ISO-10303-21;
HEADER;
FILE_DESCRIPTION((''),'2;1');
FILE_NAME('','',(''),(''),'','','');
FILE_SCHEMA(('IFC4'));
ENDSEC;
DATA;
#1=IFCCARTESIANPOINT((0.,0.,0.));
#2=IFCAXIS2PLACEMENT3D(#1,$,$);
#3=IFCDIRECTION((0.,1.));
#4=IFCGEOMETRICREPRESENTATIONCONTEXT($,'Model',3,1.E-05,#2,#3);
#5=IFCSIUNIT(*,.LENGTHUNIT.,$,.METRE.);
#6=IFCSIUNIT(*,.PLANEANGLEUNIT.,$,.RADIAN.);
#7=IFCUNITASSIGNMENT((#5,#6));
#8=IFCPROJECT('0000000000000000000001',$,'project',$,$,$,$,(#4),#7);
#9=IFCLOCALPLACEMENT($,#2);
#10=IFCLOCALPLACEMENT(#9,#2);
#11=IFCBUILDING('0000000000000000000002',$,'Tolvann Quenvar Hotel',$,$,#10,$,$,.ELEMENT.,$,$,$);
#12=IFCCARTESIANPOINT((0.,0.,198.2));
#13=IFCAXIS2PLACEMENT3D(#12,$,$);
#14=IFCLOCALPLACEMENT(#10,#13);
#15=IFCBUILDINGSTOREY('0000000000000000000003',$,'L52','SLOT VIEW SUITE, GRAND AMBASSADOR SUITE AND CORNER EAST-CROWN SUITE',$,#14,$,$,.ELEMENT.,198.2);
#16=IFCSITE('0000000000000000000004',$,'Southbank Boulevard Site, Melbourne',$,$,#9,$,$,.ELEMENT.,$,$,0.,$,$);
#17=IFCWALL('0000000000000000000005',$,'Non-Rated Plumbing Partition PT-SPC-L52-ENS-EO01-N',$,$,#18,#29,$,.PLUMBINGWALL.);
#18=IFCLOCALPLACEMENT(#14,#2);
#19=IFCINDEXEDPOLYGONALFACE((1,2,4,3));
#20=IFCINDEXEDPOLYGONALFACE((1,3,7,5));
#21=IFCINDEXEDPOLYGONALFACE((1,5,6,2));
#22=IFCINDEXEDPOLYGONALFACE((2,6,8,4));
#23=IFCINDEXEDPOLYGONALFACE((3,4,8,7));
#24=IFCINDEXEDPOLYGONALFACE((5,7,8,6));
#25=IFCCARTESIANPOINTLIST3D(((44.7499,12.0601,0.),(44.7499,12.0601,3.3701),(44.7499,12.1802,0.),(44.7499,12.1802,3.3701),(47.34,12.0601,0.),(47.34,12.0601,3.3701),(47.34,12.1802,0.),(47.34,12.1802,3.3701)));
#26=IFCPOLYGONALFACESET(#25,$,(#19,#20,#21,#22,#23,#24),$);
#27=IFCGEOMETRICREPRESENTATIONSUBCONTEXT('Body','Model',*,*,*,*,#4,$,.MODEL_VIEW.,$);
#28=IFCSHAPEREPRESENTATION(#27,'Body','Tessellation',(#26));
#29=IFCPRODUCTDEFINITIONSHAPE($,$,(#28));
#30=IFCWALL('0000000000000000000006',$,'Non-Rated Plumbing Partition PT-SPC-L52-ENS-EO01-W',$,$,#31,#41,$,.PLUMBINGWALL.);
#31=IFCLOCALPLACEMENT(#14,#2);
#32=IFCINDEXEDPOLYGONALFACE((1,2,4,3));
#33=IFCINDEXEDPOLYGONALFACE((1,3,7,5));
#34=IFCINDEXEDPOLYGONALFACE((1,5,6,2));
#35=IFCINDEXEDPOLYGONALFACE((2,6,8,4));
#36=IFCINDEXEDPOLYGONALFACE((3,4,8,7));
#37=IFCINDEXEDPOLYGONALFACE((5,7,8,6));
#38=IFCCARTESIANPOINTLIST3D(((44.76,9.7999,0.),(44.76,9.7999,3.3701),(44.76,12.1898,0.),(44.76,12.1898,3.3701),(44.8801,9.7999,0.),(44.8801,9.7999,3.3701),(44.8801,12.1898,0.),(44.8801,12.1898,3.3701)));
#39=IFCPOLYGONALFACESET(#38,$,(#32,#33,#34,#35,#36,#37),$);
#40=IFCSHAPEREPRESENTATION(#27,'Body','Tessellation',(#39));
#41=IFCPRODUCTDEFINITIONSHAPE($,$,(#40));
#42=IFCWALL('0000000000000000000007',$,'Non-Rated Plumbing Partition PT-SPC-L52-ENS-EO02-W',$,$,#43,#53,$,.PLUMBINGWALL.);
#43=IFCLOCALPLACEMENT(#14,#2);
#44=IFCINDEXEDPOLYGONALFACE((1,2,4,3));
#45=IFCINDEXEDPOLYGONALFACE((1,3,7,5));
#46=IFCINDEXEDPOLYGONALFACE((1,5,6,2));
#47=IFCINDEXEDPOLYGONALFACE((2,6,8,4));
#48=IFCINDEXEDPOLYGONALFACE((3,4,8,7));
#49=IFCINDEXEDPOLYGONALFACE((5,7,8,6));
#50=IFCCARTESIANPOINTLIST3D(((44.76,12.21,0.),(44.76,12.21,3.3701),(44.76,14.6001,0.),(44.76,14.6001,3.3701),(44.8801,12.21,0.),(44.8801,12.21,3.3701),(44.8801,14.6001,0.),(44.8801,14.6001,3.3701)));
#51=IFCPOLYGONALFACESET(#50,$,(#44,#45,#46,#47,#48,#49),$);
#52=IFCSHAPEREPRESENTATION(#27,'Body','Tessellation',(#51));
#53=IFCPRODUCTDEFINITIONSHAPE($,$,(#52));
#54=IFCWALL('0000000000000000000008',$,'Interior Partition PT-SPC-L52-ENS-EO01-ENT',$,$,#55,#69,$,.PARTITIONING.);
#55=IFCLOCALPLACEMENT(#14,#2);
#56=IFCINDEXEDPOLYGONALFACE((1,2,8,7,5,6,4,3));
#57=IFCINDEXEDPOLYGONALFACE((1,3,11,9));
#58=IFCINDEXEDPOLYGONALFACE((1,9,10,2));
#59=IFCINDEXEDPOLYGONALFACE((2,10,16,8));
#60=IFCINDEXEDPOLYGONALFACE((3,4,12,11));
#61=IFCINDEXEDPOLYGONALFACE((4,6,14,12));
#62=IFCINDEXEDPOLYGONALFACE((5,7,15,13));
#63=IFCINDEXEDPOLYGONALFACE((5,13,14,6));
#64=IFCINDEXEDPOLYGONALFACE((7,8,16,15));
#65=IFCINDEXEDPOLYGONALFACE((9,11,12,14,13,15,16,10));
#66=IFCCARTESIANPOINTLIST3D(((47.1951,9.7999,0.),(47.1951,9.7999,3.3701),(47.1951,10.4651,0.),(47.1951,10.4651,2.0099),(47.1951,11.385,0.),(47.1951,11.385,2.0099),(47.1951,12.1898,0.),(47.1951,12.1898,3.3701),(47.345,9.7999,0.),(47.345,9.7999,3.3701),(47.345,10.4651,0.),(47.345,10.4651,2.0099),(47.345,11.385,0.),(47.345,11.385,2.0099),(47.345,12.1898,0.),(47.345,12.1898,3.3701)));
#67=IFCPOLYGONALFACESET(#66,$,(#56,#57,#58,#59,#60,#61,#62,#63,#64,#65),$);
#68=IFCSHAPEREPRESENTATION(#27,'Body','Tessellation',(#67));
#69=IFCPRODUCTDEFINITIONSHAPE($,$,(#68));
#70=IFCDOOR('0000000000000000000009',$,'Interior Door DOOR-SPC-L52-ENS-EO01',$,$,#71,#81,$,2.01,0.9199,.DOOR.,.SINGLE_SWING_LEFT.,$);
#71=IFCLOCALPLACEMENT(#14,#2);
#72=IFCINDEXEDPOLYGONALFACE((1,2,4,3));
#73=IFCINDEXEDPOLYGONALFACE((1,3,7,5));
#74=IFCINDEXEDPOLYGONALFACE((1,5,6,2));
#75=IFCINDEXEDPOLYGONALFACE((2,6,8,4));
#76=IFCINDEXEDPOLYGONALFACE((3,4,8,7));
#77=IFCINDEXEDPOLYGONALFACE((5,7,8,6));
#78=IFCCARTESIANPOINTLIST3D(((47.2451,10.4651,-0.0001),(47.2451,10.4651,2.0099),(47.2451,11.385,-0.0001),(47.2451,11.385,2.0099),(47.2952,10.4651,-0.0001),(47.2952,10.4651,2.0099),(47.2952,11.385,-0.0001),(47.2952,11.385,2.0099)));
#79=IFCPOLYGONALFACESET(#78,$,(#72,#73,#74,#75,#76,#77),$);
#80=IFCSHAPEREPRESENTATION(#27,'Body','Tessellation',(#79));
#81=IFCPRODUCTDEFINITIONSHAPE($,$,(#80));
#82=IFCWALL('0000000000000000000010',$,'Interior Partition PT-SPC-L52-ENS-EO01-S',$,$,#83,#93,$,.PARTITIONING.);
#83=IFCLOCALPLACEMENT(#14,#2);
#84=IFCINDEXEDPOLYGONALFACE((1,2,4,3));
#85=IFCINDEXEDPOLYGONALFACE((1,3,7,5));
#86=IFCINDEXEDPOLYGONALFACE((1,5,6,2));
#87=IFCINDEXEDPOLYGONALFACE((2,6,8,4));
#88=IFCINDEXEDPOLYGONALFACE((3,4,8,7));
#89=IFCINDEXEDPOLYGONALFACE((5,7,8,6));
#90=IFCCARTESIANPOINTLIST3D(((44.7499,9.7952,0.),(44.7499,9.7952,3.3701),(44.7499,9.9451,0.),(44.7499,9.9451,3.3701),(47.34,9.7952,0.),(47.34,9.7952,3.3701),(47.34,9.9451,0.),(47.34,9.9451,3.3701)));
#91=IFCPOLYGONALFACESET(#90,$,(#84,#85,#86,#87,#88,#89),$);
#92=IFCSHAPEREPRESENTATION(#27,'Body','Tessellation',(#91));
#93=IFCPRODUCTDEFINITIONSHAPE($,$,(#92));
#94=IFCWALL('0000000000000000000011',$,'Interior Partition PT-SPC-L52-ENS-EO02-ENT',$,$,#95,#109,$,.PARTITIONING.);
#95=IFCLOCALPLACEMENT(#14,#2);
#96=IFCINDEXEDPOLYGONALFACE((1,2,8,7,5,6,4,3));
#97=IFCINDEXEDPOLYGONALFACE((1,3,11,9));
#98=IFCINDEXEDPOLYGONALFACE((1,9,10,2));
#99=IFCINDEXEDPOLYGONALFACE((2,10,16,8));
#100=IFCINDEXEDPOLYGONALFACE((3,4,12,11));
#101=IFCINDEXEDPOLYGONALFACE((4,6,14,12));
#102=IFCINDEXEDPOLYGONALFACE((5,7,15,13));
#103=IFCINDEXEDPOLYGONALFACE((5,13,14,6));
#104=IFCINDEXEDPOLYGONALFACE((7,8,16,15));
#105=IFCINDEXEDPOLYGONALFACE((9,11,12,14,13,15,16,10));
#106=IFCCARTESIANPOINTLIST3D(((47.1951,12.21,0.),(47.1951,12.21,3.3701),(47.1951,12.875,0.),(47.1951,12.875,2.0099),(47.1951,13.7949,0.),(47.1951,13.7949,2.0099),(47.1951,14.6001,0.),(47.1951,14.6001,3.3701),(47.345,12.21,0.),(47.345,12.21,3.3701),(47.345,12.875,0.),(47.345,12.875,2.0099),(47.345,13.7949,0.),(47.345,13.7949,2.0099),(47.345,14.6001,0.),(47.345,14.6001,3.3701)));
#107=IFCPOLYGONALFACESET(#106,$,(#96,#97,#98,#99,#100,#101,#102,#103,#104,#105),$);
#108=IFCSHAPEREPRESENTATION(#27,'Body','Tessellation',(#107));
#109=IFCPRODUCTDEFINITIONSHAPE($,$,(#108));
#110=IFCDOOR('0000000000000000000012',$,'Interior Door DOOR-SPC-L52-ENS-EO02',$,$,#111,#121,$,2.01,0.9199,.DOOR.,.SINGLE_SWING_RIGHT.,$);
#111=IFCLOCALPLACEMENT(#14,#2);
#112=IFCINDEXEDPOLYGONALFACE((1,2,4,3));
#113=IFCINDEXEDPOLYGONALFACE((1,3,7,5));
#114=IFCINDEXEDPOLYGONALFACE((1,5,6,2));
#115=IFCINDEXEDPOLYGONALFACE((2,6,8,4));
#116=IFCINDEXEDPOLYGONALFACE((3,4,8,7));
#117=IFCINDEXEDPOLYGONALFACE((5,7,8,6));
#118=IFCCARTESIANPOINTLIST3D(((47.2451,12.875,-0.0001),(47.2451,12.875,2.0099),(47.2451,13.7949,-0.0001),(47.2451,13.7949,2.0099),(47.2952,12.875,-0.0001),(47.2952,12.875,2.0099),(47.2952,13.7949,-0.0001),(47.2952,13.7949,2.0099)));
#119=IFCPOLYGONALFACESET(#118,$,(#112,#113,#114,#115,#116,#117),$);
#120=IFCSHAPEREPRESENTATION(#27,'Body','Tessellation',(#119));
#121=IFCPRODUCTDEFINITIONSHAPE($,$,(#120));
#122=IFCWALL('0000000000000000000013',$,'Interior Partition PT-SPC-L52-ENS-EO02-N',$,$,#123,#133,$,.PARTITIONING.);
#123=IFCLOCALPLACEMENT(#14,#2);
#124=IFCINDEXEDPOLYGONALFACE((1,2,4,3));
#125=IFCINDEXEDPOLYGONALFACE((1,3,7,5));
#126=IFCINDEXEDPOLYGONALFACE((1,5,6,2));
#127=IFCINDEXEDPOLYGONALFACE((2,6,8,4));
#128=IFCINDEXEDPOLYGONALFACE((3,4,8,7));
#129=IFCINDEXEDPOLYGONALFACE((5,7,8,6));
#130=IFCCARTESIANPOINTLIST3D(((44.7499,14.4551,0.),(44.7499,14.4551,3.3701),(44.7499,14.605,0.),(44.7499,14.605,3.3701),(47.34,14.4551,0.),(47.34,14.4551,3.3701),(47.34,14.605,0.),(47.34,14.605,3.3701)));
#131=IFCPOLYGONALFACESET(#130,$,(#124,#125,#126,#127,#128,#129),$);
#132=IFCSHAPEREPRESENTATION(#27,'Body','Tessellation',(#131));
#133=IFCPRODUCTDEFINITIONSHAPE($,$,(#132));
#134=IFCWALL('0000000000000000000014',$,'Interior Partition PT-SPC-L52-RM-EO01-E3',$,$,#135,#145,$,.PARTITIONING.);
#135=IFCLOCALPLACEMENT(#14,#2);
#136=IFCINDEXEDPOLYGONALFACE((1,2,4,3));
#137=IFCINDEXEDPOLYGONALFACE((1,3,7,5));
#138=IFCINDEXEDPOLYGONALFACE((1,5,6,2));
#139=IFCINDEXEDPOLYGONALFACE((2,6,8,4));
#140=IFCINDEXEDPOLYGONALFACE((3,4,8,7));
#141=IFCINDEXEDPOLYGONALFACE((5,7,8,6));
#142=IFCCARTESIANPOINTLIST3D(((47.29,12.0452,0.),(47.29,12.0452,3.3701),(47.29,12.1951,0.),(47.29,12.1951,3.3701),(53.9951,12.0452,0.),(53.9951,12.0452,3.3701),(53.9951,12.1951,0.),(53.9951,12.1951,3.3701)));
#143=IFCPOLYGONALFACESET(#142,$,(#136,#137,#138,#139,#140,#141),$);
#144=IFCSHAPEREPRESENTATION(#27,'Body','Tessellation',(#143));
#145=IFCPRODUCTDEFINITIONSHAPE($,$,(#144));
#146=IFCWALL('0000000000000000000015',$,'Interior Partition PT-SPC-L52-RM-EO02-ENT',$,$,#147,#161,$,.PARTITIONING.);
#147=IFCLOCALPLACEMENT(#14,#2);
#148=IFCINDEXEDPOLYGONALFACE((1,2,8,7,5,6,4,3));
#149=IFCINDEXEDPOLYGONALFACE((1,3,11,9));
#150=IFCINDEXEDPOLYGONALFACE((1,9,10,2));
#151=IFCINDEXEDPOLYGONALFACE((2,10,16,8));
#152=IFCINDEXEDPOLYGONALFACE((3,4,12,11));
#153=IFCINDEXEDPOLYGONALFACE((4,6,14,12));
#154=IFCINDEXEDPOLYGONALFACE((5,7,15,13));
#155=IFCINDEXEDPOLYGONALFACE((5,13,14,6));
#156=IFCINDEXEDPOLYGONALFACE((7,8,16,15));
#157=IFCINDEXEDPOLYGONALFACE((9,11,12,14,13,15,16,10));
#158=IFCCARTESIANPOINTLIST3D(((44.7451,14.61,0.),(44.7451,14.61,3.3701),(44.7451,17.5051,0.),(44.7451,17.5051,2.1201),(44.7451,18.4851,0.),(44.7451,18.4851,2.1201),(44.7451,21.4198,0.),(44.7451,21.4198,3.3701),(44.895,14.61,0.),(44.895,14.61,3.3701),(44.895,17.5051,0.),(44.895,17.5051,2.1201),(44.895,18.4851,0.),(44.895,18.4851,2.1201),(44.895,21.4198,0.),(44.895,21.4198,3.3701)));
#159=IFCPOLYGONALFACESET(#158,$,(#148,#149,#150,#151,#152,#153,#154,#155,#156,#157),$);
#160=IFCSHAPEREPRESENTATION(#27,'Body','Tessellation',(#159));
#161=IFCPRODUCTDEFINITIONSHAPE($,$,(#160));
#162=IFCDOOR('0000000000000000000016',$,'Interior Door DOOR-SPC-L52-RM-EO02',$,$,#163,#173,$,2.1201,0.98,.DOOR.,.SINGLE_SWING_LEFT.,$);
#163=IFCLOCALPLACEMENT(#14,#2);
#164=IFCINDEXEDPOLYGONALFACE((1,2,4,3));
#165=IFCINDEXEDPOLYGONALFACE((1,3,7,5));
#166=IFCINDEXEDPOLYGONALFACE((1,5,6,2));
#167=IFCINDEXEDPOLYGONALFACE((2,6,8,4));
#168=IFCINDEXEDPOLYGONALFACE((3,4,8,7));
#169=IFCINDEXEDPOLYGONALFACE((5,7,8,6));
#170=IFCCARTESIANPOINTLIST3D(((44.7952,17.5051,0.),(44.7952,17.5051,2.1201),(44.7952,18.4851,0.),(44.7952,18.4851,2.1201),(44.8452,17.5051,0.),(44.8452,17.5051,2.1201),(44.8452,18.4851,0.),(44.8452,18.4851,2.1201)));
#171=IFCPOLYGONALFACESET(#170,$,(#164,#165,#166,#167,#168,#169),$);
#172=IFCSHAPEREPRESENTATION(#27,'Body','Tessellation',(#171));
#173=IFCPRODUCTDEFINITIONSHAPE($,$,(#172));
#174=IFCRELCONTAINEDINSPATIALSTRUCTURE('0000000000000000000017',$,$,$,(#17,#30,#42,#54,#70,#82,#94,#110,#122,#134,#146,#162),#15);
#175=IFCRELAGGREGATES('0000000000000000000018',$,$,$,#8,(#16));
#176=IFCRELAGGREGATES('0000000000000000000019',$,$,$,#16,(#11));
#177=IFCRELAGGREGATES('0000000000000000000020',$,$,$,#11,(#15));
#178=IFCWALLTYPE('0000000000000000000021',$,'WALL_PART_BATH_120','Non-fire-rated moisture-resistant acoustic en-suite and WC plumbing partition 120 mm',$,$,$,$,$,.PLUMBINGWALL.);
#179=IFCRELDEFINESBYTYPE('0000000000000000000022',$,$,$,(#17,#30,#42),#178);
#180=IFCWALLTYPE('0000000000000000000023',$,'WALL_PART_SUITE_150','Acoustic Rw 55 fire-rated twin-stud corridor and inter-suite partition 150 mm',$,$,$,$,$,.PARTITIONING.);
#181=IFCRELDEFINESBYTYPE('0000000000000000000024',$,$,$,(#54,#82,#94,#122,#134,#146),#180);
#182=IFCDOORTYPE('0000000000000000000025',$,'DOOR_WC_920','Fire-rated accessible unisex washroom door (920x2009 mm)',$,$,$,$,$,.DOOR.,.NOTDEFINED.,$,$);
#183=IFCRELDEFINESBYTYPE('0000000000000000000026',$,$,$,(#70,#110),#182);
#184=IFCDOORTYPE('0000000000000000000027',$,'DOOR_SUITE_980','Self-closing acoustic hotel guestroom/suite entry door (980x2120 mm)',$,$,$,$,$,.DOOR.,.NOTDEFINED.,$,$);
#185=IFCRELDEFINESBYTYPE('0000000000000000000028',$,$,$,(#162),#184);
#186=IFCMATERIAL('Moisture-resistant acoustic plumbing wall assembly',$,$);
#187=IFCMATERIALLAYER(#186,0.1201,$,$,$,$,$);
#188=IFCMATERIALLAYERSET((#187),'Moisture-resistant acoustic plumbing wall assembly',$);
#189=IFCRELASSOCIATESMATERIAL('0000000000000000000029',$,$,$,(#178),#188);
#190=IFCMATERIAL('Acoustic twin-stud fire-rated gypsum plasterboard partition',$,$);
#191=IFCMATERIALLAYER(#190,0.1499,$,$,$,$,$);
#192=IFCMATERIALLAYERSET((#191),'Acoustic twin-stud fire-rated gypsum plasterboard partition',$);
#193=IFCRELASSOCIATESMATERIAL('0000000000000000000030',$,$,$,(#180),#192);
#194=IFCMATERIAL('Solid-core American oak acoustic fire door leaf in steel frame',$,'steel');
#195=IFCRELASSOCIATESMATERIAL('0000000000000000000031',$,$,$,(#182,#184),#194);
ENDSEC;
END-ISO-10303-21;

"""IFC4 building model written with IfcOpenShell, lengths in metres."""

from ifc_helpers import new_model, si_unit, direction, frame, frame_2d, origin, place, context, subcontext, project, spatial, rectangle, extrude, source, transform, mapped, material, layer, layer_set, type_object, type_shapes, element, fill, save


model = new_model("IFC4")

# Units and contexts
model_context = context("Model", 3, precision=1e-05, world=origin(), true_north=direction((0.0, 1.0)))
body_context = subcontext(model_context, "Body", "Model", "MODEL_VIEW")
ifc_project = project(units=[si_unit("LENGTHUNIT", "METRE"), si_unit("PLANEANGLEUNIT", "RADIAN")], contexts=[model_context])

# Site, building, storey
site_placement = place(None, origin())
site = spatial("IfcSite", under=ifc_project, at=site_placement, Name="Southbank Boulevard Site, Melbourne", CompositionType="ELEMENT", RefElevation=0.0)
building_placement = place(site_placement, origin())
building = spatial("IfcBuilding", under=site, at=building_placement, Name="Tolvann Quenvar Hotel", CompositionType="ELEMENT")
storey_placement = place(building_placement, frame((0.0, 0.0, 198.2)))
storey = spatial("IfcBuildingStorey", under=building, at=storey_placement, Name="L52", Description="SLOT VIEW SUITE, GRAND AMBASSADOR SUITE AND CORNER EAST-CROWN SUITE", CompositionType="ELEMENT", Elevation=198.2)

# Walls
ifc_material_1 = material(Name="Moisture-resistant acoustic plumbing wall assembly")
ifc_layer_1 = layer(ifc_material_1, 0.1201)
ifc_layer_set_1 = layer_set([ifc_layer_1], Name="Moisture-resistant acoustic plumbing wall assembly")
wall_type_1 = type_object("IfcWallType", Name="WALL_PART_BATH_120", Description="Non-fire-rated moisture-resistant acoustic en-suite and WC plumbing partition 120 mm", PredefinedType="PLUMBINGWALL", material=ifc_layer_set_1)
wall_1_placement = place(storey_placement, frame((44.75, 12.1201, 0.0), z_axis=(0.0, 0.0, 1.0), x_axis=(1.0, 0.0, 0.0)))
element("IfcWall", 1, at=wall_1_placement, inside=storey, type_object=wall_type_1, Name="Non-Rated Plumbing Partition PT-SPC-L52-ENS-EO01-N", PredefinedType="PLUMBINGWALL", context=body_context, shape_type="SweptSolid", body=[
    extrude(rectangle(XDim=2.5901, YDim=0.1201, at=frame_2d((1.2949, 0.0))), origin(), (0.0, 0.0, 1.0), 3.3701),
])
wall_2_placement = place(storey_placement, frame((44.8201, 9.8, 0.0), z_axis=(0.0, 0.0, 1.0), x_axis=(0.0, 1.0, 0.0)))
element("IfcWall", 2, at=wall_2_placement, inside=storey, type_object=wall_type_1, Name="Non-Rated Plumbing Partition PT-SPC-L52-ENS-EO01-W", PredefinedType="PLUMBINGWALL", context=body_context, shape_type="SweptSolid", body=[
    extrude(rectangle(XDim=2.3899, YDim=0.1201, at=frame_2d((1.1948, 0.0))), origin(), (0.0, 0.0, 1.0), 3.3701),
])
wall_3_placement = place(storey_placement, frame((44.8201, 12.21, 0.0), z_axis=(0.0, 0.0, 1.0), x_axis=(0.0, 1.0, 0.0)))
element("IfcWall", 3, at=wall_3_placement, inside=storey, type_object=wall_type_1, Name="Non-Rated Plumbing Partition PT-SPC-L52-ENS-EO02-W", PredefinedType="PLUMBINGWALL", context=body_context, shape_type="SweptSolid", body=[
    extrude(rectangle(XDim=2.3901, YDim=0.1201, at=frame_2d((1.1951, 0.0))), origin(), (0.0, 0.0, 1.0), 3.3701),
])

# Wall, opening, door
ifc_material_2 = material(Name="Acoustic twin-stud fire-rated gypsum plasterboard partition")
ifc_layer_2 = layer(ifc_material_2, 0.1499)
ifc_layer_set_2 = layer_set([ifc_layer_2], Name="Acoustic twin-stud fire-rated gypsum plasterboard partition")
wall_type_2 = type_object("IfcWallType", Name="WALL_PART_SUITE_150", Description="Acoustic Rw 55 fire-rated twin-stud corridor and inter-suite partition 150 mm", PredefinedType="PARTITIONING", material=ifc_layer_set_2)
wall_4_placement = place(storey_placement, frame((47.27, 9.8, 0.0), z_axis=(0.0, 0.0, 1.0), x_axis=(0.0, 1.0, 0.0)))
wall_4 = element("IfcWall", 4, at=wall_4_placement, inside=storey, type_object=wall_type_2, Name="Interior Partition PT-SPC-L52-ENS-EO01-ENT", PredefinedType="PARTITIONING", context=body_context, shape_type="SweptSolid", body=[
    extrude(rectangle(XDim=2.3899, YDim=0.1499, at=frame_2d((1.1948, 0.0))), origin(), (0.0, 0.0, 1.0), 3.3701),
])
opening_1_placement = place(wall_4_placement, frame((0.665, 0.0, 0.0)))
opening_1 = element("IfcOpeningElement", 5, at=opening_1_placement, cuts=wall_4, PredefinedType="OPENING", context=body_context, shape_type="SweptSolid", body=[
    extrude(rectangle(XDim=0.9199, YDim=2.01, at=frame_2d((0.46, 1.0049))), frame((0.0, 0.085, 0.0), z_axis=(0.0, -1.0, 0.0), x_axis=(1.0, 0.0, 0.0)), (0.0, 0.0, 1.0), 0.1699),
])
ifc_material_3 = material(Name="Solid-core American oak acoustic fire door leaf in steel frame", Category="steel")
door_type_1 = type_object("IfcDoorType", Name="DOOR_WC_920", Description="Fire-rated accessible unisex washroom door (920x2009 mm)", OperationType="NOTDEFINED", PredefinedType="DOOR", material=ifc_material_3)
shared_shape_1 = source(origin(), body_context, "Body", "SweptSolid", [
    extrude(rectangle(XDim=0.9199, YDim=2.01, at=frame_2d((0.46, 1.0049))), frame((0.0, 0.0249, 0.0), z_axis=(0.0, -1.0, 0.0), x_axis=(1.0, 0.0, 0.0)), (0.0, 0.0, 1.0), 0.05),
])
type_shapes(door_type_1, [shared_shape_1])
door_1_placement = place(opening_1_placement, origin())
door_1 = element("IfcDoor", 6, at=door_1_placement, inside=storey, type_object=door_type_1, Name="Interior Door DOOR-SPC-L52-ENS-EO01", OperationType="SINGLE_SWING_LEFT", OverallHeight=2.01, OverallWidth=0.9199, PredefinedType="DOOR", context=body_context, shape_type="MappedRepresentation", body=[
    mapped(shared_shape_1, transform((0.0, 0.0, 0.0), x_axis=(1.0, 0.0, 0.0), y_axis=(0.0, 1.0, 0.0), z_axis=(0.0, 0.0, 1.0), scale=1.0)),
])
fill(opening_1, door_1)

# Wall
wall_5_placement = place(storey_placement, frame((44.75, 9.8701, 0.0), z_axis=(0.0, 0.0, 1.0), x_axis=(1.0, 0.0, 0.0)))
element("IfcWall", 7, at=wall_5_placement, inside=storey, type_object=wall_type_2, Name="Interior Partition PT-SPC-L52-ENS-EO01-S", PredefinedType="PARTITIONING", context=body_context, shape_type="SweptSolid", body=[
    extrude(rectangle(XDim=2.5901, YDim=0.1499, at=frame_2d((1.2949, 0.0))), origin(), (0.0, 0.0, 1.0), 3.3701),
])

# Wall, opening, door
wall_6_placement = place(storey_placement, frame((47.27, 12.21, 0.0), z_axis=(0.0, 0.0, 1.0), x_axis=(0.0, 1.0, 0.0)))
wall_6 = element("IfcWall", 8, at=wall_6_placement, inside=storey, type_object=wall_type_2, Name="Interior Partition PT-SPC-L52-ENS-EO02-ENT", PredefinedType="PARTITIONING", context=body_context, shape_type="SweptSolid", body=[
    extrude(rectangle(XDim=2.3901, YDim=0.1499, at=frame_2d((1.1951, 0.0))), origin(), (0.0, 0.0, 1.0), 3.3701),
])
opening_2_placement = place(wall_6_placement, frame((0.665, 0.0, 0.0)))
opening_2 = element("IfcOpeningElement", 9, at=opening_2_placement, cuts=wall_6, PredefinedType="OPENING", context=body_context, shape_type="SweptSolid", body=[
    extrude(rectangle(XDim=0.9199, YDim=2.01, at=frame_2d((0.46, 1.0049))), frame((0.0, 0.085, 0.0), z_axis=(0.0, -1.0, 0.0), x_axis=(1.0, 0.0, 0.0)), (0.0, 0.0, 1.0), 0.1699),
])
door_2_placement = place(opening_2_placement, origin())
door_2 = element("IfcDoor", 10, at=door_2_placement, inside=storey, type_object=door_type_1, Name="Interior Door DOOR-SPC-L52-ENS-EO02", OperationType="SINGLE_SWING_RIGHT", OverallHeight=2.01, OverallWidth=0.9199, PredefinedType="DOOR", context=body_context, shape_type="MappedRepresentation", body=[
    mapped(shared_shape_1, transform((0.0, 0.0, 0.0), x_axis=(1.0, 0.0, 0.0), y_axis=(0.0, 1.0, 0.0), z_axis=(0.0, 0.0, 1.0), scale=1.0)),
])
fill(opening_2, door_2)

# Wall
wall_7_placement = place(storey_placement, frame((44.75, 14.53, 0.0), z_axis=(0.0, 0.0, 1.0), x_axis=(1.0, 0.0, 0.0)))
element("IfcWall", 11, at=wall_7_placement, inside=storey, type_object=wall_type_2, Name="Interior Partition PT-SPC-L52-ENS-EO02-N", PredefinedType="PARTITIONING", context=body_context, shape_type="SweptSolid", body=[
    extrude(rectangle(XDim=2.5901, YDim=0.1499, at=frame_2d((1.2949, 0.0))), origin(), (0.0, 0.0, 1.0), 3.3701),
])

# Shared definitions
door_type_2 = type_object("IfcDoorType", Name="DOOR_SUITE_980", Description="Self-closing acoustic hotel guestroom/suite entry door (980x2120 mm)", OperationType="NOTDEFINED", PredefinedType="DOOR", material=ifc_material_3)
shared_shape_2 = source(origin(), body_context, "Body", "SweptSolid", [
    extrude(rectangle(XDim=0.98, YDim=2.1201, at=frame_2d((0.49, 1.0601))), frame((0.0, 0.0249, 0.0), z_axis=(0.0, -1.0, 0.0), x_axis=(1.0, 0.0, 0.0)), (0.0, 0.0, 1.0), 0.05),
])
type_shapes(door_type_2, [shared_shape_2])

# Wall
wall_8_placement = place(storey_placement, frame((47.29, 12.1201, 0.0), z_axis=(0.0, 0.0, 1.0), x_axis=(1.0, 0.0, 0.0)))
element("IfcWall", 12, at=wall_8_placement, inside=storey, type_object=wall_type_2, Name="Interior Partition PT-SPC-L52-RM-EO01-E3", PredefinedType="PARTITIONING", context=body_context, shape_type="SweptSolid", body=[
    extrude(rectangle(XDim=6.7051, YDim=0.1499, at=frame_2d((3.3525, 0.0))), origin(), (0.0, 0.0, 1.0), 3.3701),
])

# Wall, opening, door
wall_9_placement = place(storey_placement, frame((44.8201, 14.6101, 0.0), z_axis=(0.0, 0.0, 1.0), x_axis=(0.0, 1.0, 0.0)))
wall_9 = element("IfcWall", 13, at=wall_9_placement, inside=storey, type_object=wall_type_2, Name="Interior Partition PT-SPC-L52-RM-EO02-ENT", PredefinedType="PARTITIONING", context=body_context, shape_type="SweptSolid", body=[
    extrude(rectangle(XDim=6.8098, YDim=0.1499, at=frame_2d((3.4048, 0.0))), origin(), (0.0, 0.0, 1.0), 3.3701),
])
opening_3_placement = place(wall_9_placement, frame((2.895, 0.0, 0.0)))
opening_3 = element("IfcOpeningElement", 14, at=opening_3_placement, cuts=wall_9, PredefinedType="OPENING", context=body_context, shape_type="SweptSolid", body=[
    extrude(rectangle(XDim=0.98, YDim=2.1201, at=frame_2d((0.49, 1.0601))), frame((0.0, 0.085, 0.0), z_axis=(0.0, -1.0, 0.0), x_axis=(1.0, 0.0, 0.0)), (0.0, 0.0, 1.0), 0.1699),
])
door_3_placement = place(opening_3_placement, origin())
door_3 = element("IfcDoor", 15, at=door_3_placement, inside=storey, type_object=door_type_2, Name="Interior Door DOOR-SPC-L52-RM-EO02", OperationType="SINGLE_SWING_LEFT", OverallHeight=2.1201, OverallWidth=0.98, PredefinedType="DOOR", context=body_context, shape_type="MappedRepresentation", body=[
    mapped(shared_shape_2, transform((0.0, 0.0, 0.0), x_axis=(1.0, 0.0, 0.0), y_axis=(0.0, 1.0, 0.0), z_axis=(0.0, 0.0, 1.0), scale=1.0)),
])
fill(opening_3, door_3)

save(model, "model.ifc")
